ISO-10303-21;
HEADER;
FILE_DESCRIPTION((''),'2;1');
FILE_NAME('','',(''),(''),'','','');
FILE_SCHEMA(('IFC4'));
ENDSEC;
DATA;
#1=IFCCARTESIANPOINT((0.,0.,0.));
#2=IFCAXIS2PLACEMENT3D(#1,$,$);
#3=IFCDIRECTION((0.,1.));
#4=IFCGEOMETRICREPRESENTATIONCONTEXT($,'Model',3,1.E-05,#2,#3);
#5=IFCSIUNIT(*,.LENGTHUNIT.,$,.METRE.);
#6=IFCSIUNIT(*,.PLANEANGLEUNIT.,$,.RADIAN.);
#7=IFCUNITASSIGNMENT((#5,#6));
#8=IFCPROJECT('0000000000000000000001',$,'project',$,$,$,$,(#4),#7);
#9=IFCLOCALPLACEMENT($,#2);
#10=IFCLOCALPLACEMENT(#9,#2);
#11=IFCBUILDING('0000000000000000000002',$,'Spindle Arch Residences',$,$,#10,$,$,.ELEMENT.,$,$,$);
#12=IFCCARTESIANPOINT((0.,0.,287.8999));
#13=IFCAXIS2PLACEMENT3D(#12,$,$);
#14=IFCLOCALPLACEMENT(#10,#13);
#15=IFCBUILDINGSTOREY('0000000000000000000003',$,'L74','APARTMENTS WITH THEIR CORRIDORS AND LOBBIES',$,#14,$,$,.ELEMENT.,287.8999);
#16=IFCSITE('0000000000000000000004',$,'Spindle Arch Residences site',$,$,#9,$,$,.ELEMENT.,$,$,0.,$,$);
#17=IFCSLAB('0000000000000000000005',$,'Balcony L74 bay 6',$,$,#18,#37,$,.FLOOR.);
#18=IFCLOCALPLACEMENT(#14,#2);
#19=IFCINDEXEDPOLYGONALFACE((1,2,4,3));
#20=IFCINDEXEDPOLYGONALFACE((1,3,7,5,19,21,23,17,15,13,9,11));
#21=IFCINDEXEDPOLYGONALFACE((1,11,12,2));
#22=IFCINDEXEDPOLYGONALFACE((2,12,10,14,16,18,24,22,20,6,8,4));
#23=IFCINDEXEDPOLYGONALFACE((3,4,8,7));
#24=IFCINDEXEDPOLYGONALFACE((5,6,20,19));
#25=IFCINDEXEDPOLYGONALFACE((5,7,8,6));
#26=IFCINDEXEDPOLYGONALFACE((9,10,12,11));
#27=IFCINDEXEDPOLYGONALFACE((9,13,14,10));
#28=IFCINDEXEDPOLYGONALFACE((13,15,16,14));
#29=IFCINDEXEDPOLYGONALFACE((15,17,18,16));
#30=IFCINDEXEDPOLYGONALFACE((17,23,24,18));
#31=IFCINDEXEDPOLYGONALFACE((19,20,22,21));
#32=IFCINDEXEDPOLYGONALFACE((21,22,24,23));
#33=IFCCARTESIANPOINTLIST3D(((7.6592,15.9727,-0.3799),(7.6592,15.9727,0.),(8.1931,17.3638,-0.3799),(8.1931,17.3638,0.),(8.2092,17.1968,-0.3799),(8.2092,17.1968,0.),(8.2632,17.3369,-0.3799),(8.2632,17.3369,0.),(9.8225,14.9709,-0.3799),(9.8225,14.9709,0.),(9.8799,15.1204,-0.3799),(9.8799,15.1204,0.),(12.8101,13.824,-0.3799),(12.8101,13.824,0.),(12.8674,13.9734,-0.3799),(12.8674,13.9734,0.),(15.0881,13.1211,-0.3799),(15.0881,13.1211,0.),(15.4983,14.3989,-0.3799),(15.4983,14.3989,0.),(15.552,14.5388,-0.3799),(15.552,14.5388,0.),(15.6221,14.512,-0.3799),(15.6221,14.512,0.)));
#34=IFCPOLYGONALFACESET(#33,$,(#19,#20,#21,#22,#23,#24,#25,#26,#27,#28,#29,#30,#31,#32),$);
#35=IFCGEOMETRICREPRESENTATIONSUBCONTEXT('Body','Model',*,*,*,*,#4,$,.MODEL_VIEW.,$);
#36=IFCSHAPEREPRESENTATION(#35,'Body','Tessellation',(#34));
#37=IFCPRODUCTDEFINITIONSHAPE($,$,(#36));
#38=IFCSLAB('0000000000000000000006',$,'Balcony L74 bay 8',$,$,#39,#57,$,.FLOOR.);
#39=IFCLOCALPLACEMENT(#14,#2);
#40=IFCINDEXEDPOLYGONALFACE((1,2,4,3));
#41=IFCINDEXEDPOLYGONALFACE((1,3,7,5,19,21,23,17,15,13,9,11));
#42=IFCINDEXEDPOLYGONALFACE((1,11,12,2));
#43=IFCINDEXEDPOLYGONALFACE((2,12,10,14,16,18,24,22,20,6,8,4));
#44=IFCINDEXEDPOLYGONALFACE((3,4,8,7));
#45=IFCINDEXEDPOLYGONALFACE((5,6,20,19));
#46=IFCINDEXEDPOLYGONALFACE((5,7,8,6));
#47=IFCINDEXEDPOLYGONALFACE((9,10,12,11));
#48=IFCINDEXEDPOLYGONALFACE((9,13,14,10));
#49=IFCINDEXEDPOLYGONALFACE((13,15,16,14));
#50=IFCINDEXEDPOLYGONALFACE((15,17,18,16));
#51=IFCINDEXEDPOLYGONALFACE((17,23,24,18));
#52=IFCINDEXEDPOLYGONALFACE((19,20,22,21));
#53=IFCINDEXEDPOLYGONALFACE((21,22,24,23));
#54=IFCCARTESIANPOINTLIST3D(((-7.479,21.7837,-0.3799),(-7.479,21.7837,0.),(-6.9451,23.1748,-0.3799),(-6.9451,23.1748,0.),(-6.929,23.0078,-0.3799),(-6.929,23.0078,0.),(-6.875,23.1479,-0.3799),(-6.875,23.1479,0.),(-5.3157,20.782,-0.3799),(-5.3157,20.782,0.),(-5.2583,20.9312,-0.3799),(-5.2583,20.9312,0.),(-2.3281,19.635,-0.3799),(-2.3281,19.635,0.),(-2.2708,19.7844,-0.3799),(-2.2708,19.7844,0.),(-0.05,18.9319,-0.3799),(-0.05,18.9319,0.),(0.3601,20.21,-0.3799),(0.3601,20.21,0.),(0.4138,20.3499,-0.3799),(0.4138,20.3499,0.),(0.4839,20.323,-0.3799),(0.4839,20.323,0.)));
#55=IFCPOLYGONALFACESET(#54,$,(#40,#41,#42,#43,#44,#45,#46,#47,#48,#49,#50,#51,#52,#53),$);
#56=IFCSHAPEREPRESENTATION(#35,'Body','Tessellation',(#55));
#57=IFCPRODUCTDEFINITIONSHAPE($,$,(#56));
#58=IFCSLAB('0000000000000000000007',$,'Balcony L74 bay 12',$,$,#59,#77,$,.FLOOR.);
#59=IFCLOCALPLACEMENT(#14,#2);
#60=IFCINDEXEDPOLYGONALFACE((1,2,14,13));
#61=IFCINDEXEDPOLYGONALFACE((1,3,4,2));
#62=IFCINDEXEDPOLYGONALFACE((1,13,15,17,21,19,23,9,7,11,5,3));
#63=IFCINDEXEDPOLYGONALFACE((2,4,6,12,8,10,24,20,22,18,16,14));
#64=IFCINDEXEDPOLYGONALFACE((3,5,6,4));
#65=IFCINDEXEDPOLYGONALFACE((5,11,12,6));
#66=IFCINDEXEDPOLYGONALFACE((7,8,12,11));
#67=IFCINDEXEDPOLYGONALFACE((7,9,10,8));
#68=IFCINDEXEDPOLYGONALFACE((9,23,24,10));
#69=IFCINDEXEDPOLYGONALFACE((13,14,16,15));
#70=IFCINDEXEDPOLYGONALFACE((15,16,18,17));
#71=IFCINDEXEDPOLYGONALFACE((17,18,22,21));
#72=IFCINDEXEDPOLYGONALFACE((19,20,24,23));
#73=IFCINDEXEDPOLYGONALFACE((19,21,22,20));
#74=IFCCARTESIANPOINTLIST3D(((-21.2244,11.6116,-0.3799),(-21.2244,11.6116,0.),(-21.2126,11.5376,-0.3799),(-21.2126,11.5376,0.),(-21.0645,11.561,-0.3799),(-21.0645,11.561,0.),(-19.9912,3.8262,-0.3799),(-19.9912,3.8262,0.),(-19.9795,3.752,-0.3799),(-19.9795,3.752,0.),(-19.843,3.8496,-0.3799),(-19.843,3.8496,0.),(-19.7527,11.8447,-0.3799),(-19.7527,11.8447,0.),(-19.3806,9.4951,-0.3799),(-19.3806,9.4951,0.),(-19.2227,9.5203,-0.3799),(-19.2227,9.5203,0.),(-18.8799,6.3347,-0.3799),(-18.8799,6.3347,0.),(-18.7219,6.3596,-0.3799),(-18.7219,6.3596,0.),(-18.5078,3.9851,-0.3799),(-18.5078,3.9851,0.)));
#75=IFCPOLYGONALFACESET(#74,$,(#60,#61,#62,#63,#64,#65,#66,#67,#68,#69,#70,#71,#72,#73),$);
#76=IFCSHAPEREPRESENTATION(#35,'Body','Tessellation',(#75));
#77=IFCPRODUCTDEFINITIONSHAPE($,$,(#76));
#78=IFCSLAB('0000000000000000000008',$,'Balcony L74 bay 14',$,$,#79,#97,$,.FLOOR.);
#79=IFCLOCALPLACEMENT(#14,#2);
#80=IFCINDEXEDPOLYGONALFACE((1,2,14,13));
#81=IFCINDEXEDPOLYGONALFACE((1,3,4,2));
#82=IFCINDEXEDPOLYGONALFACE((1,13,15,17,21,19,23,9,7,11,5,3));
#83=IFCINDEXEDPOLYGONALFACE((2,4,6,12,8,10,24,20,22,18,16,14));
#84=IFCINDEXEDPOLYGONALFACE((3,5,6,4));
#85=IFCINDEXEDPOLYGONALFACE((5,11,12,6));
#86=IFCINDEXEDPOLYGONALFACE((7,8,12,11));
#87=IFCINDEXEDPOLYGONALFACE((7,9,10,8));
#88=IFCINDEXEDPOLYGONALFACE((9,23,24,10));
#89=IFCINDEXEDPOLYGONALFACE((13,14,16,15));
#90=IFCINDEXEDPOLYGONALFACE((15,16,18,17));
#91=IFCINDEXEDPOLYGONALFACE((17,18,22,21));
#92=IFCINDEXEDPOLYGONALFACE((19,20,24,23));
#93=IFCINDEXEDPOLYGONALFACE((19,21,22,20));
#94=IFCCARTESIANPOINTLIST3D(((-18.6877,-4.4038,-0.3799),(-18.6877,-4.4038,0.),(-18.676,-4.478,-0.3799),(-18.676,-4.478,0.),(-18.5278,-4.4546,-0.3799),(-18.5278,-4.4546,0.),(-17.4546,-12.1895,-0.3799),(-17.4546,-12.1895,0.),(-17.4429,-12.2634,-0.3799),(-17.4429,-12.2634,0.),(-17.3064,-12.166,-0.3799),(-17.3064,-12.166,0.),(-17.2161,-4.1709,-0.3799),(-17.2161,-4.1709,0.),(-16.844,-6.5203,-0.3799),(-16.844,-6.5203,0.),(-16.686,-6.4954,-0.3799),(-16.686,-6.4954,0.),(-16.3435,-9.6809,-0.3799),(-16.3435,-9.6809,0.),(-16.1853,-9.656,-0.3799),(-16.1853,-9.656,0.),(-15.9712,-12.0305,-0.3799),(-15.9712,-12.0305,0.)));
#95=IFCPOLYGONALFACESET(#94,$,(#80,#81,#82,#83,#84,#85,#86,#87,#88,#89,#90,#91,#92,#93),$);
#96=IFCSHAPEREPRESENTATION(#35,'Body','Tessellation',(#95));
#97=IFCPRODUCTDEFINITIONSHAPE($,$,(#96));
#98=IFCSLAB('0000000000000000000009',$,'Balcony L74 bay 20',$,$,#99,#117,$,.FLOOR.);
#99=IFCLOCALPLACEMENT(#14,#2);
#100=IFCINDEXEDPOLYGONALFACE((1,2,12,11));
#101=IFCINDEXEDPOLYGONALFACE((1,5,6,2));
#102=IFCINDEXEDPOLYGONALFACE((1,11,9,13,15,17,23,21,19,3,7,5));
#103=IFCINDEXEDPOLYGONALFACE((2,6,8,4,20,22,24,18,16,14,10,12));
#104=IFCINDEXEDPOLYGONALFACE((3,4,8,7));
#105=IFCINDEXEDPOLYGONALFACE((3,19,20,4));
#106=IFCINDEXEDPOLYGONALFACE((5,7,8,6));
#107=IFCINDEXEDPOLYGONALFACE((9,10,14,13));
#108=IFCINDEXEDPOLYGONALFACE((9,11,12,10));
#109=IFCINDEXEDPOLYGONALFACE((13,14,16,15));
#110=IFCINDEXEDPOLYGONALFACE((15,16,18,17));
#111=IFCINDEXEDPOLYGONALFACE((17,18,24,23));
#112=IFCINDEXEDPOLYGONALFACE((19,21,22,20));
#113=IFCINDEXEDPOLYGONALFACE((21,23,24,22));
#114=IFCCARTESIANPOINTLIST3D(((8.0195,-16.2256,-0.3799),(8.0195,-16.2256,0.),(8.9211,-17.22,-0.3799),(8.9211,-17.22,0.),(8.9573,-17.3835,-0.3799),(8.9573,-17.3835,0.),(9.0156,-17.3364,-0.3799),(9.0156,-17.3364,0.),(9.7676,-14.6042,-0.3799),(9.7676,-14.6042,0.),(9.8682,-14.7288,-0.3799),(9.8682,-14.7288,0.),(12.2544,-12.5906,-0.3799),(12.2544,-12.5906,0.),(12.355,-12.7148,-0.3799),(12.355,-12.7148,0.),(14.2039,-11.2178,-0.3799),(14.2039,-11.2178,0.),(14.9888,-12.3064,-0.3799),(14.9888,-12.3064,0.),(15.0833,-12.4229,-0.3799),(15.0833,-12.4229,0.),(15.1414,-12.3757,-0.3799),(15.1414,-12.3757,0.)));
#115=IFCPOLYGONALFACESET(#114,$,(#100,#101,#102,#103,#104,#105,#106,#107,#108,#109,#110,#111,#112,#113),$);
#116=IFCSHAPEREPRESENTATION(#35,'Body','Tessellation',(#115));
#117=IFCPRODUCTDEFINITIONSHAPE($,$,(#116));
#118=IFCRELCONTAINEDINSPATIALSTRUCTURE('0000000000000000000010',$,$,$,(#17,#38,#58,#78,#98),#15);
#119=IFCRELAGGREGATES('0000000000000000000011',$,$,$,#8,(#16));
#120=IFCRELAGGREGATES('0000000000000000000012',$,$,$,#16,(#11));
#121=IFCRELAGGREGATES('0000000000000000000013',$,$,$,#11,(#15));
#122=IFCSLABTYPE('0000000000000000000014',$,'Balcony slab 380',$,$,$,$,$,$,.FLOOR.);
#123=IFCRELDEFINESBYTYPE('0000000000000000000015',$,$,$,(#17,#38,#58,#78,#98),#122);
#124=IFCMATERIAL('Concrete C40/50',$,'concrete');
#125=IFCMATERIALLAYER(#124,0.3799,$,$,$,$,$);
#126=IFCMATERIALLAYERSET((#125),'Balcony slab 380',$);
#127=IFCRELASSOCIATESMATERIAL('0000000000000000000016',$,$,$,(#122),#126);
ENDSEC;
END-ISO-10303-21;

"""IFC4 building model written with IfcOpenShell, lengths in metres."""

from ifc_helpers import new_model, si_unit, direction, frame, origin, place, context, subcontext, project, spatial, polyline, outline, extrude, material, layer, layer_set, type_object, element, save


model = new_model("IFC4")

# Units and contexts
model_context = context("Model", 3, precision=1e-05, world=origin(), true_north=direction((0.0, 1.0)))
body_context = subcontext(model_context, "Body", "Model", "MODEL_VIEW")
ifc_project = project(units=[si_unit("LENGTHUNIT", "METRE"), si_unit("PLANEANGLEUNIT", "RADIAN")], contexts=[model_context])

# Site, building, storey
site_placement = place(None, origin())
site = spatial("IfcSite", under=ifc_project, at=site_placement, Name="Spindle Arch Residences site", CompositionType="ELEMENT", RefElevation=0.0)
building_placement = place(site_placement, origin())
building = spatial("IfcBuilding", under=site, at=building_placement, Name="Spindle Arch Residences", CompositionType="ELEMENT")
storey_placement = place(building_placement, frame((0.0, 0.0, 287.8999)))
storey = spatial("IfcBuildingStorey", under=building, at=storey_placement, Name="L74", Description="APARTMENTS WITH THEIR CORRIDORS AND LOBBIES", CompositionType="ELEMENT", Elevation=287.8999)

# Slabs
ifc_material_1 = material(Name="Concrete C40/50", Category="concrete")
ifc_layer_1 = layer(ifc_material_1, 0.3799)
ifc_layer_set_1 = layer_set([ifc_layer_1], Name="Balcony slab 380")
slab_type_1 = type_object("IfcSlabType", Name="Balcony slab 380", PredefinedType="FLOOR", material=ifc_layer_set_1)
slab_1_placement = place(storey_placement, frame((0.0, 0.0, -0.3799)))
element("IfcSlab", 1, at=slab_1_placement, inside=storey, type_object=slab_type_1, Name="Balcony L74 bay 6", PredefinedType="FLOOR", context=body_context, shape_type="SweptSolid", body=[
    extrude(outline(polyline([(15.6221, 14.512), (15.552, 14.5388), (15.4983, 14.3989), (8.2092, 17.1968), (8.2632, 17.3369), (8.1931, 17.3638), (7.6592, 15.9727), (9.8799, 15.1204), (9.8225, 14.9709), (12.8101, 13.824), (12.8674, 13.9734), (15.0881, 13.1211), (15.6221, 14.512)])), origin(), (0.0, 0.0, 1.0), 0.3799),
])
slab_2_placement = place(storey_placement, frame((0.0, 0.0, -0.3799)))
element("IfcSlab", 2, at=slab_2_placement, inside=storey, type_object=slab_type_1, Name="Balcony L74 bay 8", PredefinedType="FLOOR", context=body_context, shape_type="SweptSolid", body=[
    extrude(outline(polyline([(0.4839, 20.323), (0.4138, 20.3499), (0.3601, 20.21), (-6.929, 23.0078), (-6.875, 23.1479), (-6.9451, 23.1748), (-7.479, 21.7837), (-5.2583, 20.9312), (-5.3157, 20.782), (-2.3281, 19.635), (-2.2708, 19.7844), (-0.05, 18.9319), (0.4839, 20.323)])), origin(), (0.0, 0.0, 1.0), 0.3799),
])
slab_3_placement = place(storey_placement, frame((0.0, 0.0, -0.3799)))
element("IfcSlab", 3, at=slab_3_placement, inside=storey, type_object=slab_type_1, Name="Balcony L74 bay 12", PredefinedType="FLOOR", context=body_context, shape_type="SweptSolid", body=[
    extrude(outline(polyline([(-21.2244, 11.6116), (-21.2126, 11.5376), (-21.0645, 11.561), (-19.843, 3.8496), (-19.9912, 3.8262), (-19.9795, 3.752), (-18.5078, 3.9851), (-18.8799, 6.3347), (-18.7219, 6.3596), (-19.2227, 9.5203), (-19.3806, 9.4951), (-19.7527, 11.8447), (-21.2244, 11.6116)])), origin(), (0.0, 0.0, 1.0), 0.3799),
])
slab_4_placement = place(storey_placement, frame((0.0, 0.0, -0.3799)))
element("IfcSlab", 4, at=slab_4_placement, inside=storey, type_object=slab_type_1, Name="Balcony L74 bay 14", PredefinedType="FLOOR", context=body_context, shape_type="SweptSolid", body=[
    extrude(outline(polyline([(-18.6877, -4.4038), (-18.676, -4.478), (-18.5278, -4.4546), (-17.3064, -12.166), (-17.4546, -12.1895), (-17.4429, -12.2634), (-15.9712, -12.0305), (-16.3435, -9.6809), (-16.1853, -9.656), (-16.686, -6.4954), (-16.844, -6.5203), (-17.2161, -4.1709), (-18.6877, -4.4038)])), origin(), (0.0, 0.0, 1.0), 0.3799),
])
slab_5_placement = place(storey_placement, frame((0.0, 0.0, -0.3799)))
element("IfcSlab", 5, at=slab_5_placement, inside=storey, type_object=slab_type_1, Name="Balcony L74 bay 20", PredefinedType="FLOOR", context=body_context, shape_type="SweptSolid", body=[
    extrude(outline(polyline([(8.9573, -17.3835), (9.0156, -17.3364), (8.9211, -17.22), (14.9888, -12.3064), (15.0833, -12.4229), (15.1414, -12.3757), (14.2039, -11.2178), (12.355, -12.7148), (12.2544, -12.5906), (9.7676, -14.6042), (9.8682, -14.7288), (8.0195, -16.2256), (8.9573, -17.3835)])), origin(), (0.0, 0.0, 1.0), 0.3799),
])

save(model, "model.ifc")
